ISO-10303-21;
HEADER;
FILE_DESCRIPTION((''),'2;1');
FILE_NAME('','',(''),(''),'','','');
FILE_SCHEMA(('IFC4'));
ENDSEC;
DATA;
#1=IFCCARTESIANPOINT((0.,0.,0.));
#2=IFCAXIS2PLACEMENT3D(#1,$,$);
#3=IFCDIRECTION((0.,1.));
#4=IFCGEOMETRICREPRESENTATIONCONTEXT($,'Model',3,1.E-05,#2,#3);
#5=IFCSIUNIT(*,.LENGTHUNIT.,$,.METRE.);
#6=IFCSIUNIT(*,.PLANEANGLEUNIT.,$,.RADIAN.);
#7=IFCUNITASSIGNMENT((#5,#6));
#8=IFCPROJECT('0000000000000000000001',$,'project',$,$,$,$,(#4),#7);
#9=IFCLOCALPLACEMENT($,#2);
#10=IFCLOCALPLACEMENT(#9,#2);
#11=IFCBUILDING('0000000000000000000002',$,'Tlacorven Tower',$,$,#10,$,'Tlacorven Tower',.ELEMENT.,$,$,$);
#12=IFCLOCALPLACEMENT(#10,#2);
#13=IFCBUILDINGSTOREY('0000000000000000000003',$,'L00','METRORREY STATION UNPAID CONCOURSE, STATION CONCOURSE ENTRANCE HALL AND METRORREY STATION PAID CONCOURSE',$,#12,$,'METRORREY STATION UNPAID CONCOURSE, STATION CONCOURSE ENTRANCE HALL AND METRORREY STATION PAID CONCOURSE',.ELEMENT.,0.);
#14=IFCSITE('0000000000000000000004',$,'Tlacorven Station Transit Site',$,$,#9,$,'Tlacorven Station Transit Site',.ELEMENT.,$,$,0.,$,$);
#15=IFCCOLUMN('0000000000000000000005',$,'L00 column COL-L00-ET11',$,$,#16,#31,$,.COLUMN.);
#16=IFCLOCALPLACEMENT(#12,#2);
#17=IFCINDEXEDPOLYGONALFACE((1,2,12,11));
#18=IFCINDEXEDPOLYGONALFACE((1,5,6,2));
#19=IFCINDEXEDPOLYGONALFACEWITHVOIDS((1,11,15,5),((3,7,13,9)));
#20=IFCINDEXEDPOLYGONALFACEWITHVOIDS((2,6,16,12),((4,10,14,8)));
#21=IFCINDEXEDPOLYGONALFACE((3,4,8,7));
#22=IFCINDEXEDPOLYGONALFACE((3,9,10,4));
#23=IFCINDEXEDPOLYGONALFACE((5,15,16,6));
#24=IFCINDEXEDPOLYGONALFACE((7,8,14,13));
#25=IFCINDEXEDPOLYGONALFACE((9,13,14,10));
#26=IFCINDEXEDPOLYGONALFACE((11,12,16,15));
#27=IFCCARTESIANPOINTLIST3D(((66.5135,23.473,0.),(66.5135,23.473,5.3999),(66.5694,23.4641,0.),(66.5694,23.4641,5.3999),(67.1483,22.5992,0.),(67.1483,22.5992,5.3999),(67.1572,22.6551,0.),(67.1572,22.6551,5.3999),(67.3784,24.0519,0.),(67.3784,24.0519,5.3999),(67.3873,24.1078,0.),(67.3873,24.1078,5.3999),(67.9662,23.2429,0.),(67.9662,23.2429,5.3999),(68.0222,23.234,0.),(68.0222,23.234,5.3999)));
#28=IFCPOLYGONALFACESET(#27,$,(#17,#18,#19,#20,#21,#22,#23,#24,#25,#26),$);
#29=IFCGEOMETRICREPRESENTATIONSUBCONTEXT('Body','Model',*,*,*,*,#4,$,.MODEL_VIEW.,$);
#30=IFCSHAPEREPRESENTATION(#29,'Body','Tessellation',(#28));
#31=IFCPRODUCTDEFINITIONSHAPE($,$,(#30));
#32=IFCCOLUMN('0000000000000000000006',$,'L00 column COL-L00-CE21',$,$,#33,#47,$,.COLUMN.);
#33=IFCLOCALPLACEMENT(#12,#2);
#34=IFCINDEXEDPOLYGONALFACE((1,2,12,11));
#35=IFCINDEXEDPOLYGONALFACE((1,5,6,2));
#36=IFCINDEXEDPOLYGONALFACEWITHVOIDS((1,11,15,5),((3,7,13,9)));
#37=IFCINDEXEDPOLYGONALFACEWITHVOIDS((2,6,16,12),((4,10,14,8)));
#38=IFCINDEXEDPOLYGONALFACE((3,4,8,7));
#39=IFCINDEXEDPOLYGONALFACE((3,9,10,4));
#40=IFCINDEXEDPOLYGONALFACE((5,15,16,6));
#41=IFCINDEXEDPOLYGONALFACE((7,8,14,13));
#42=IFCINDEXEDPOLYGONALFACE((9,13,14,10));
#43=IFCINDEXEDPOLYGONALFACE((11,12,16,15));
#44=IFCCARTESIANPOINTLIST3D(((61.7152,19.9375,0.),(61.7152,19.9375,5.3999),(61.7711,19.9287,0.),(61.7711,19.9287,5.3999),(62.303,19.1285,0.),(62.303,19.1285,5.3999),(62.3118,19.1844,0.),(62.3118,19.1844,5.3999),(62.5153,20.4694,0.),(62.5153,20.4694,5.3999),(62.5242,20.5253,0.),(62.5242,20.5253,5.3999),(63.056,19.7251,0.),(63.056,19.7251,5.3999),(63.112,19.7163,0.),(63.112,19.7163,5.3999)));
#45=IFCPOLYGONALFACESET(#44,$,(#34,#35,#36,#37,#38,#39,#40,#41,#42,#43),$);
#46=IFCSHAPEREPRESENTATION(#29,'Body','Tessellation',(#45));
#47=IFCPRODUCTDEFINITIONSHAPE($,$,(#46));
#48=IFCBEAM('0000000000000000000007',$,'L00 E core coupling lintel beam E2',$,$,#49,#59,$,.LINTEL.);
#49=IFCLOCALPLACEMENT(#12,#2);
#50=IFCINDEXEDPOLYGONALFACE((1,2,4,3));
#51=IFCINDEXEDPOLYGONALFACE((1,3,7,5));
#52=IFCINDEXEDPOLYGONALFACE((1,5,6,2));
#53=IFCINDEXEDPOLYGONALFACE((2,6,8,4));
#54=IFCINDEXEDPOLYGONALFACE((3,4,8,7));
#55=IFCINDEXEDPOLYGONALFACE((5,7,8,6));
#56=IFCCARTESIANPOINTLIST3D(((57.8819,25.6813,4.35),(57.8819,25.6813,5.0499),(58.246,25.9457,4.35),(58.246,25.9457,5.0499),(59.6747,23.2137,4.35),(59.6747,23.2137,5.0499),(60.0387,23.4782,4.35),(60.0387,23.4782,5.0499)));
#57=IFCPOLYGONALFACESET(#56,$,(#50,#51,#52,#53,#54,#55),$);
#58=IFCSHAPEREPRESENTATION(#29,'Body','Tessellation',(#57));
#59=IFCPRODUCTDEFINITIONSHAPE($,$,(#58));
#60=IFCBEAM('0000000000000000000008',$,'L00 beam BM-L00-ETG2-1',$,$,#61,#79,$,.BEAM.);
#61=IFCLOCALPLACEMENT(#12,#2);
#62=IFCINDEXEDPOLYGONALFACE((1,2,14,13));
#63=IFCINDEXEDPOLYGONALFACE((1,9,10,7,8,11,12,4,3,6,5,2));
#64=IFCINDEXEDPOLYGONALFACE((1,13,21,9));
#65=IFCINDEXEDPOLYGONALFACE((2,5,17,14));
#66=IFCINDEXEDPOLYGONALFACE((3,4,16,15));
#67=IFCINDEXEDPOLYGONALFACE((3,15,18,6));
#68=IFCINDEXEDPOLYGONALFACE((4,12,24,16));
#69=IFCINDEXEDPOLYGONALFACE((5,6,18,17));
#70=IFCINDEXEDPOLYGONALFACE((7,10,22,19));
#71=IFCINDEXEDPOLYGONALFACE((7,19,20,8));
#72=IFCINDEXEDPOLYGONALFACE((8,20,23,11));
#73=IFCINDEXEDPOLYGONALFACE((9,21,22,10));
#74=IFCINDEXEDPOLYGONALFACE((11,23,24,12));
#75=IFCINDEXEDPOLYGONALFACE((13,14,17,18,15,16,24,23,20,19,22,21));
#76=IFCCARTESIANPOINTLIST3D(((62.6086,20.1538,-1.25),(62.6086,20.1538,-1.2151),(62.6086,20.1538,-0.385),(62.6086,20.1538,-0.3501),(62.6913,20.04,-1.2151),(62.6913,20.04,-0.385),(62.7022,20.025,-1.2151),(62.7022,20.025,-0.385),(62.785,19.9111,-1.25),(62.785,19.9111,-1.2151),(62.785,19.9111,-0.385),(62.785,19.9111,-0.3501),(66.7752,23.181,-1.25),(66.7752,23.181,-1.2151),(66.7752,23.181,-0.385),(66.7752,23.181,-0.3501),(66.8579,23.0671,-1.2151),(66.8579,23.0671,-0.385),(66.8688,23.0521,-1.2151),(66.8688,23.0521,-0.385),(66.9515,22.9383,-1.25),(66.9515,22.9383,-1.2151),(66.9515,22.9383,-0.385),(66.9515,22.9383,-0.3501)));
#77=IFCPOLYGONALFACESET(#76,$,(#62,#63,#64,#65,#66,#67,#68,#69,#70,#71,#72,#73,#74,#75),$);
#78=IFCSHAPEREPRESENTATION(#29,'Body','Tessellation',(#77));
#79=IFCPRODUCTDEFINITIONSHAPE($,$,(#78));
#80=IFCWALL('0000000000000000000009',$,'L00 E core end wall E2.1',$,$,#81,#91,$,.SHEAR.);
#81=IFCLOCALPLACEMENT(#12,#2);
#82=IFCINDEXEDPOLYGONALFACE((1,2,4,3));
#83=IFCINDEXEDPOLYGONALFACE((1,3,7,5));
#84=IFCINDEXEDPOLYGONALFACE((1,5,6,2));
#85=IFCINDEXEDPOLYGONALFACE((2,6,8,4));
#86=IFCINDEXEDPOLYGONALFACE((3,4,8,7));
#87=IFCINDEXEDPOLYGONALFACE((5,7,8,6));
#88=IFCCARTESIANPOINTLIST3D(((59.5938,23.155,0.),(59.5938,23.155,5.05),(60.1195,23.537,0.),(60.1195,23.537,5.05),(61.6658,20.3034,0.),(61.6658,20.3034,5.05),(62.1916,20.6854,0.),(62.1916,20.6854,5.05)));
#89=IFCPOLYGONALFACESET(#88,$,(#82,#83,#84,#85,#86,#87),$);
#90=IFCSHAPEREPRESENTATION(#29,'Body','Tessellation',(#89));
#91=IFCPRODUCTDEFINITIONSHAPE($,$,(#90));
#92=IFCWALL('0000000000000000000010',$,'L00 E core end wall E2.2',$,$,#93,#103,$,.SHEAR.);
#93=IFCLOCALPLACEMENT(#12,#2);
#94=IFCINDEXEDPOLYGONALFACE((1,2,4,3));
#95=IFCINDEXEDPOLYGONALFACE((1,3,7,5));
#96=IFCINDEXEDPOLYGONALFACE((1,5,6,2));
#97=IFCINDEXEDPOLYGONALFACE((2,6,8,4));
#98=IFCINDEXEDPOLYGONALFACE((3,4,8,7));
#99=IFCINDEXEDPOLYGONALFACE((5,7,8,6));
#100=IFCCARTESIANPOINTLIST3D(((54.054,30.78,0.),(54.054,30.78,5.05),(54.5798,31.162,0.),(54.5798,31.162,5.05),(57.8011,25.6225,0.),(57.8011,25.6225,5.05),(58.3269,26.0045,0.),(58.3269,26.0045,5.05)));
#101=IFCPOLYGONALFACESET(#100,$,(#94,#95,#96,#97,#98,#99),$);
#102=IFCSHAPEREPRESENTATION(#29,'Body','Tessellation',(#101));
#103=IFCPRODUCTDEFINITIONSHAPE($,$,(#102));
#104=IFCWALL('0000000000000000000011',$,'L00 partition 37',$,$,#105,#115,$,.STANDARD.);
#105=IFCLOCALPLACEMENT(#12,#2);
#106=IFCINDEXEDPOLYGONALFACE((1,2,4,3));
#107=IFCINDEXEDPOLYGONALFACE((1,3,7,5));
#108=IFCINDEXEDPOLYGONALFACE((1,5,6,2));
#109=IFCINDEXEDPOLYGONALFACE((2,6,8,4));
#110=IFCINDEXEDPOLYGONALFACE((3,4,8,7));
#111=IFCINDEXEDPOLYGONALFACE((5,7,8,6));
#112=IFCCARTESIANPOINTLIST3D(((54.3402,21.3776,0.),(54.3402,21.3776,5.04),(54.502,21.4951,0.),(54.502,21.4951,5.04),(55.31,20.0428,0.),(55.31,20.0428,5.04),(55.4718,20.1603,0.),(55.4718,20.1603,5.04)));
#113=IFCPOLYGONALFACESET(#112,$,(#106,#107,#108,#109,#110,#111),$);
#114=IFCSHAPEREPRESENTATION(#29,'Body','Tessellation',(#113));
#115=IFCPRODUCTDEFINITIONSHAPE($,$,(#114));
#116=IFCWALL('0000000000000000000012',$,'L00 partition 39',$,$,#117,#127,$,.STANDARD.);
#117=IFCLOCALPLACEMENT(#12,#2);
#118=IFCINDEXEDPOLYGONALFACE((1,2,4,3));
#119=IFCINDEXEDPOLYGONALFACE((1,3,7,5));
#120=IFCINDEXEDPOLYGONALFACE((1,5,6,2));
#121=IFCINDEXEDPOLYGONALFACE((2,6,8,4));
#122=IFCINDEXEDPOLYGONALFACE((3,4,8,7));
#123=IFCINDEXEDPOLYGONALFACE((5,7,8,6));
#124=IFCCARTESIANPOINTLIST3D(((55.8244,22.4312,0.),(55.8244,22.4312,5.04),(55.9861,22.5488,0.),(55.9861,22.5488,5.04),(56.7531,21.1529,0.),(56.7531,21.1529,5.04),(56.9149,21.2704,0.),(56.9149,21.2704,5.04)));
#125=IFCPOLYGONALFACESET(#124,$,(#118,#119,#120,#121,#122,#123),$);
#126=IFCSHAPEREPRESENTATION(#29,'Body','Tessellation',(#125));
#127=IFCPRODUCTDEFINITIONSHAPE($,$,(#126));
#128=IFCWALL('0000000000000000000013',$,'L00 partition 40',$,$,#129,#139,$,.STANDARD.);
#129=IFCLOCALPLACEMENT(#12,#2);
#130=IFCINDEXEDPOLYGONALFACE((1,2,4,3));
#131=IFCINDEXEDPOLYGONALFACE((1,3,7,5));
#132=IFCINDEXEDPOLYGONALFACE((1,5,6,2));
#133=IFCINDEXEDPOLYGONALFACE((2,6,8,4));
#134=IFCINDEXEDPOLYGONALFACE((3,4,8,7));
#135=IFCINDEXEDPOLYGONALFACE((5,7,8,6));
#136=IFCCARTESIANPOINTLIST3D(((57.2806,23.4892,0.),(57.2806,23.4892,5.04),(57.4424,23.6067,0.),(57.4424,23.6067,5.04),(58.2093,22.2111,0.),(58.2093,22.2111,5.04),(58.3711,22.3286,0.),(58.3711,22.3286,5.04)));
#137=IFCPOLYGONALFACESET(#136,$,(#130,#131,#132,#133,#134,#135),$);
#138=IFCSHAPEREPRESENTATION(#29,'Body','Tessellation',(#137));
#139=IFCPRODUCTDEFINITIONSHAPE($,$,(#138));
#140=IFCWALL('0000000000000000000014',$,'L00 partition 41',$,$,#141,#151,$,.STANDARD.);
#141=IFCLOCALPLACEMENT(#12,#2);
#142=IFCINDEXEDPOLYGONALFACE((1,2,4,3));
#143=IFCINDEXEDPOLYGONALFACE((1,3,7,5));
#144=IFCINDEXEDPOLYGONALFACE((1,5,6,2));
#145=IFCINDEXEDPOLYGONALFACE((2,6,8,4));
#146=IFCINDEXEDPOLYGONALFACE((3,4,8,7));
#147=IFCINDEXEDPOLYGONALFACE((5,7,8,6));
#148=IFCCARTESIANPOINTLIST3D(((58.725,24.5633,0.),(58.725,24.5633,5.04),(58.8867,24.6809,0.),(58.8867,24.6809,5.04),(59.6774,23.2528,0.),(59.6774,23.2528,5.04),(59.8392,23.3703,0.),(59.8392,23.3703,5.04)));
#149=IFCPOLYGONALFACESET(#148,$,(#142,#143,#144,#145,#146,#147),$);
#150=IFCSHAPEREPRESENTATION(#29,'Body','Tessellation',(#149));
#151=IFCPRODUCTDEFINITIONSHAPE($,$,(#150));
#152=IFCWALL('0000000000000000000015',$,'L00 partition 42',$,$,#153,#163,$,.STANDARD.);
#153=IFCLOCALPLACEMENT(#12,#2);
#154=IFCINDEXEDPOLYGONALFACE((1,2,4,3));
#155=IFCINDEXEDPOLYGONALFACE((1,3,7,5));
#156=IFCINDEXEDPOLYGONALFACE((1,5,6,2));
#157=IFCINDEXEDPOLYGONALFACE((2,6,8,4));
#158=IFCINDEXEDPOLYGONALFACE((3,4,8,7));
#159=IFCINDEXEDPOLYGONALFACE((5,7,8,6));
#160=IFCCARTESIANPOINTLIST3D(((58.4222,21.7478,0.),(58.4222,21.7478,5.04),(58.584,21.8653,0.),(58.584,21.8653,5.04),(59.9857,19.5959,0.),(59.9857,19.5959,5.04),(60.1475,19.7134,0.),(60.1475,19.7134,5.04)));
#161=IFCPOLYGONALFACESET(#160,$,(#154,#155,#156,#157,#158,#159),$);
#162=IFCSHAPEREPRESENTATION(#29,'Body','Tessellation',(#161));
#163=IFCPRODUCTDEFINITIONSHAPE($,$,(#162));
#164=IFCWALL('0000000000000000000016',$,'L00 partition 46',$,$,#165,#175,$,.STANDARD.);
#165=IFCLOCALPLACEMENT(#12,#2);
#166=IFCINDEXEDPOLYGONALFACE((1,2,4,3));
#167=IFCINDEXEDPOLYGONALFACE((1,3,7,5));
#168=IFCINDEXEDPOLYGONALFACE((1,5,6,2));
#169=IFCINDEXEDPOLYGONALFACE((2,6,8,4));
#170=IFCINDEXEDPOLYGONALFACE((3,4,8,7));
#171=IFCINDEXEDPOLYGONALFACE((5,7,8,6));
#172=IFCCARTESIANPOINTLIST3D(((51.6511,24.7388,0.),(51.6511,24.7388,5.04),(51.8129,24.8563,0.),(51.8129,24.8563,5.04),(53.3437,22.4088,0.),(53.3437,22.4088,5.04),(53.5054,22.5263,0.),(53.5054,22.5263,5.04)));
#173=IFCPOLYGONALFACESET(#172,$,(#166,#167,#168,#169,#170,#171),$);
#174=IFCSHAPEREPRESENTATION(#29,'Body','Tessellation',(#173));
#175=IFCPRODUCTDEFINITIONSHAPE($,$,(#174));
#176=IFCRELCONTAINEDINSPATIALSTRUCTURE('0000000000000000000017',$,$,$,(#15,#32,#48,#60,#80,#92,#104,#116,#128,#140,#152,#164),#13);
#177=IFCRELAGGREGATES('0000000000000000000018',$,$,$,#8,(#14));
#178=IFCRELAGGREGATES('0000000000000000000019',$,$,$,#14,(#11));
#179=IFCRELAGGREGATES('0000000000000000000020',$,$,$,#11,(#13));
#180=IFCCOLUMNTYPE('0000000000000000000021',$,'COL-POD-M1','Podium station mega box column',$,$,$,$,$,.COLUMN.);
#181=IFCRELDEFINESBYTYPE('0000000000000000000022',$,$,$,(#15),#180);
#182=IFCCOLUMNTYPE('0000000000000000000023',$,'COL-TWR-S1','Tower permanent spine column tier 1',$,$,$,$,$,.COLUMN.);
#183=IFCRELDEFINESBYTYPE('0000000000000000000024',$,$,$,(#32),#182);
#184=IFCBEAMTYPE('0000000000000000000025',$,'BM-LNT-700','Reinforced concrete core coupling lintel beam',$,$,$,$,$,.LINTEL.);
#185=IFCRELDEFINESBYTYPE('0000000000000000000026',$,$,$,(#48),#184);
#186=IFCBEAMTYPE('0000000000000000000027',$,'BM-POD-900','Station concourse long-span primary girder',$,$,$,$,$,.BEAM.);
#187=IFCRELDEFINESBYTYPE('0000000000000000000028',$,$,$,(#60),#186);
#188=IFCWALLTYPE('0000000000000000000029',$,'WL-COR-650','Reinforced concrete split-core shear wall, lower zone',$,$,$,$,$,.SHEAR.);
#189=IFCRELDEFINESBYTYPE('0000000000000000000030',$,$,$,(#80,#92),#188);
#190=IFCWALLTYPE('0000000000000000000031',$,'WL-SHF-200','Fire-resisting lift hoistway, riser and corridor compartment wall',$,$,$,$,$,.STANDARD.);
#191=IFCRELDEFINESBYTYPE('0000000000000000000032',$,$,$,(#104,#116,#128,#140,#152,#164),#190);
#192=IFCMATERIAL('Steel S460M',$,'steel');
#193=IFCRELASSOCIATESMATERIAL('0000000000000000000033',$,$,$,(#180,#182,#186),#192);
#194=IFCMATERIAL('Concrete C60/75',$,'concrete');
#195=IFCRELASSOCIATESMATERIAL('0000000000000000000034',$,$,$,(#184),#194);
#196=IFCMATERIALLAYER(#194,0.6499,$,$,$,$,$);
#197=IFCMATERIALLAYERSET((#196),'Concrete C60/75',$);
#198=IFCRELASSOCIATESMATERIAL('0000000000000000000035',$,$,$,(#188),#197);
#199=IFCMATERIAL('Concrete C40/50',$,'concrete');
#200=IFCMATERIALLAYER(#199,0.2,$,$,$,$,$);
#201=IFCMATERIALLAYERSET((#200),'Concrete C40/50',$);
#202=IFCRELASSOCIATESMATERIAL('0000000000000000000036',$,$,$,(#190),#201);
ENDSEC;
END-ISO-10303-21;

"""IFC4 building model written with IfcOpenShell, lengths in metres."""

from ifc_helpers import new_model, si_unit, direction, frame, frame_2d, origin, origin_2d, place, context, subcontext, project, spatial, rectangle, hollow_rectangle, i_section, extrude, source, transform, mapped, material, layer, layer_set, material_profile, profile_set, type_object, element, save


model = new_model("IFC4")

# Units and contexts
model_context = context("Model", 3, precision=1e-05, world=origin(), true_north=direction((0.0, 1.0)))
body_context = subcontext(model_context, "Body", "Model", "MODEL_VIEW")
ifc_project = project(units=[si_unit("LENGTHUNIT", "METRE"), si_unit("PLANEANGLEUNIT", "RADIAN")], contexts=[model_context])

# Site, building, storey
site_placement = place(None, origin())
site = spatial("IfcSite", under=ifc_project, at=site_placement, Name="Tlacorven Station Transit Site", LongName="Tlacorven Station Transit Site", CompositionType="ELEMENT", RefElevation=0.0)
building_placement = place(site_placement, origin())
building = spatial("IfcBuilding", under=site, at=building_placement, Name="Tlacorven Tower", LongName="Tlacorven Tower", CompositionType="ELEMENT")
storey_placement = place(building_placement, origin())
storey = spatial("IfcBuildingStorey", under=building, at=storey_placement, Name="L00", Description="METRORREY STATION UNPAID CONCOURSE, STATION CONCOURSE ENTRANCE HALL AND METRORREY STATION PAID CONCOURSE", LongName="METRORREY STATION UNPAID CONCOURSE, STATION CONCOURSE ENTRANCE HALL AND METRORREY STATION PAID CONCOURSE", CompositionType="ELEMENT", Elevation=0.0)

# Columns
ifc_material_1 = material(Name="Steel S460M", Category="steel")
ifc_material_profile_1 = material_profile(ifc_material_1, hollow_rectangle(XDim=1.0801, YDim=1.0801, WallThickness=0.04, at=origin_2d()), Name="BOX 1080X1080X40")
ifc_profile_set_1 = profile_set([ifc_material_profile_1], Name="Steel S460M")
column_type_1 = type_object("IfcColumnType", Name="COL-POD-M1", Description="Podium station mega box column", PredefinedType="COLUMN", material=ifc_profile_set_1)
shared_shape_1 = source(origin(), body_context, "Body", "SweptSolid", [
    extrude(hollow_rectangle(XDim=1.0801, YDim=1.0801, WallThickness=0.04, at=origin_2d()), origin(), (0.0, 0.0, 1.0), 5.3999),
])
column_1_placement = place(storey_placement, frame((67.2678, 23.3535, 0.0), z_axis=(0.0, 0.0, 1.0), x_axis=(0.809017, 0.587785, 0.0)))
element("IfcColumn", 1, at=column_1_placement, inside=storey, type_object=column_type_1, Name="L00 column COL-L00-ET11", PredefinedType="COLUMN", context=body_context, shape_type="MappedRepresentation", body=[
    mapped(shared_shape_1, transform((0.0, 0.0, 0.0), scale=1.0)),
])
ifc_material_profile_2 = material_profile(ifc_material_1, hollow_rectangle(XDim=1.0, YDim=1.0, WallThickness=0.04, at=origin_2d()), Name="BOX 1000X1000X40")
ifc_profile_set_2 = profile_set([ifc_material_profile_2], Name="Steel S460M")
column_type_2 = type_object("IfcColumnType", Name="COL-TWR-S1", Description="Tower permanent spine column tier 1", PredefinedType="COLUMN", material=ifc_profile_set_2)
shared_shape_2 = source(origin(), body_context, "Body", "SweptSolid", [
    extrude(hollow_rectangle(XDim=1.0, YDim=1.0, WallThickness=0.04, at=origin_2d()), origin(), (0.0, 0.0, 1.0), 5.3999),
])
column_2_placement = place(storey_placement, frame((62.4136, 19.8269, 0.0), z_axis=(0.0, 0.0, 1.0), x_axis=(0.809017, 0.587785, 0.0)))
element("IfcColumn", 2, at=column_2_placement, inside=storey, type_object=column_type_2, Name="L00 column COL-L00-CE21", PredefinedType="COLUMN", context=body_context, shape_type="MappedRepresentation", body=[
    mapped(shared_shape_2, transform((0.0, 0.0, 0.0), scale=1.0)),
])

# Beams
ifc_material_2 = material(Name="Concrete C60/75", Category="concrete")
ifc_material_profile_3 = material_profile(ifc_material_2, rectangle(XDim=0.45, YDim=0.7, at=origin_2d()), Name="RC 450X700")
ifc_profile_set_3 = profile_set([ifc_material_profile_3], Name="Concrete C60/75")
beam_type_1 = type_object("IfcBeamType", Name="BM-LNT-700", Description="Reinforced concrete core coupling lintel beam", PredefinedType="LINTEL", material=ifc_profile_set_3)
shared_shape_3 = source(origin(), body_context, "Body", "SweptSolid", [
    extrude(rectangle(XDim=0.45, YDim=0.7, at=origin_2d()), origin(), (0.0, 0.0, 1.0), 3.05),
])
beam_1_placement = place(storey_placement, frame((59.8567, 23.3459, 4.7), z_axis=(-0.587777, 0.809023, 0.0), x_axis=(-0.809023, -0.587777, 0.0)))
element("IfcBeam", 3, at=beam_1_placement, inside=storey, type_object=beam_type_1, Name="L00 E core coupling lintel beam E2", PredefinedType="LINTEL", context=body_context, shape_type="MappedRepresentation", body=[
    mapped(shared_shape_3, transform((0.0, 0.0, 0.0), scale=1.0)),
])
ifc_material_profile_4 = material_profile(ifc_material_1, i_section(OverallWidth=0.3, OverallDepth=0.8999, WebThickness=0.0186, FlangeThickness=0.0349, at=origin_2d()), Name="HEB 900")
ifc_profile_set_4 = profile_set([ifc_material_profile_4], Name="Steel S460M")
beam_type_2 = type_object("IfcBeamType", Name="BM-POD-900", Description="Station concourse long-span primary girder", PredefinedType="BEAM", material=ifc_profile_set_4)
shared_shape_4 = source(origin(), body_context, "Body", "SweptSolid", [
    extrude(i_section(OverallWidth=0.3, OverallDepth=0.8999, WebThickness=0.0186, FlangeThickness=0.0349, at=origin_2d()), origin(), (0.0, 0.0, 1.0), 5.1501),
])
beam_2_placement = place(storey_placement, frame((62.6968, 20.0325, -0.8), z_axis=(0.809021, 0.58778, 0.0), x_axis=(-0.58778, 0.809021, 0.0)))
element("IfcBeam", 4, at=beam_2_placement, inside=storey, type_object=beam_type_2, Name="L00 beam BM-L00-ETG2-1", PredefinedType="BEAM", context=body_context, shape_type="MappedRepresentation", body=[
    mapped(shared_shape_4, transform((0.0, 0.0, 0.0), scale=1.0)),
])

# Walls
ifc_layer_1 = layer(ifc_material_2, 0.6499)
ifc_layer_set_1 = layer_set([ifc_layer_1], Name="Concrete C60/75")
wall_type_1 = type_object("IfcWallType", Name="WL-COR-650", Description="Reinforced concrete split-core shear wall, lower zone", PredefinedType="SHEAR", material=ifc_layer_set_1)
wall_1_placement = place(storey_placement, frame((61.9287, 20.4944, 0.0), z_axis=(0.0, 0.0, 1.0), x_axis=(-0.58783, 0.808985, 0.0)))
element("IfcWall", 5, at=wall_1_placement, inside=storey, type_object=wall_type_1, Name="L00 E core end wall E2.1", PredefinedType="SHEAR", context=body_context, shape_type="SweptSolid", body=[
    extrude(rectangle(XDim=3.5249, YDim=0.6499, at=frame_2d((1.7625, 0.0))), origin(), (0.0, 0.0, 1.0), 5.05),
])
wall_2_placement = place(storey_placement, frame((58.064, 25.8135, 0.0), z_axis=(0.0, 0.0, 1.0), x_axis=(-0.58778, 0.809021, 0.0)))
element("IfcWall", 6, at=wall_2_placement, inside=storey, type_object=wall_type_1, Name="L00 E core end wall E2.2", PredefinedType="SHEAR", context=body_context, shape_type="SweptSolid", body=[
    extrude(rectangle(XDim=6.375, YDim=0.6499, at=frame_2d((3.1875, 0.0))), origin(), (0.0, 0.0, 1.0), 5.05),
])

# Shared definitions
ifc_material_3 = material(Name="Concrete C40/50", Category="concrete")
ifc_layer_2 = layer(ifc_material_3, 0.2)
ifc_layer_set_2 = layer_set([ifc_layer_2], Name="Concrete C40/50")
wall_type_2 = type_object("IfcWallType", Name="WL-SHF-200", Description="Fire-resisting lift hoistway, riser and corridor compartment wall", PredefinedType="STANDARD", material=ifc_layer_set_2)

# Walls
wall_3_placement = place(storey_placement, frame((55.3909, 20.1016, 0.0), z_axis=(0.0, 0.0, 1.0), x_axis=(-0.587784, 0.809018, 0.0)))
element("IfcWall", 7, at=wall_3_placement, inside=storey, type_object=wall_type_2, Name="L00 partition 37", PredefinedType="STANDARD", context=body_context, shape_type="SweptSolid", body=[
    extrude(rectangle(XDim=1.6499, YDim=0.2, at=frame_2d((0.825, 0.0))), origin(), (0.0, 0.0, 1.0), 5.04),
])
wall_4_placement = place(storey_placement, frame((56.834, 21.2117, 0.0), z_axis=(0.0, 0.0, 1.0), x_axis=(-0.587767, 0.80903, 0.0)))
element("IfcWall", 8, at=wall_4_placement, inside=storey, type_object=wall_type_2, Name="L00 partition 39", PredefinedType="STANDARD", context=body_context, shape_type="SweptSolid", body=[
    extrude(rectangle(XDim=1.5801, YDim=0.2, at=frame_2d((0.79, 0.0))), origin(), (0.0, 0.0, 1.0), 5.04),
])
wall_5_placement = place(storey_placement, frame((58.2903, 22.2698, 0.0), z_axis=(0.0, 0.0, 1.0), x_axis=(-0.587841, 0.808977, 0.0)))
element("IfcWall", 9, at=wall_5_placement, inside=storey, type_object=wall_type_2, Name="L00 partition 40", PredefinedType="STANDARD", context=body_context, shape_type="SweptSolid", body=[
    extrude(rectangle(XDim=1.5798, YDim=0.2, at=frame_2d((0.79, 0.0))), origin(), (0.0, 0.0, 1.0), 5.04),
])
wall_6_placement = place(storey_placement, frame((59.7583, 23.3115, 0.0), z_axis=(0.0, 0.0, 1.0), x_axis=(-0.587876, 0.808951, 0.0)))
element("IfcWall", 10, at=wall_6_placement, inside=storey, type_object=wall_type_2, Name="L00 partition 41", PredefinedType="STANDARD", context=body_context, shape_type="SweptSolid", body=[
    extrude(rectangle(XDim=1.6201, YDim=0.2, at=frame_2d((0.8101, 0.0))), origin(), (0.0, 0.0, 1.0), 5.04),
])
wall_7_placement = place(storey_placement, frame((60.0667, 19.6545, 0.0), z_axis=(0.0, 0.0, 1.0), x_axis=(-0.587801, 0.809006, 0.0)))
element("IfcWall", 11, at=wall_7_placement, inside=storey, type_object=wall_type_2, Name="L00 partition 42", PredefinedType="STANDARD", context=body_context, shape_type="SweptSolid", body=[
    extrude(rectangle(XDim=2.6599, YDim=0.2, at=frame_2d((1.3301, 0.0))), origin(), (0.0, 0.0, 1.0), 5.04),
])
wall_8_placement = place(storey_placement, frame((53.4246, 22.4675, 0.0), z_axis=(0.0, 0.0, 1.0), x_axis=(-0.587723, 0.809062, 0.0)))
element("IfcWall", 12, at=wall_8_placement, inside=storey, type_object=wall_type_2, Name="L00 partition 46", PredefinedType="STANDARD", context=body_context, shape_type="SweptSolid", body=[
    extrude(rectangle(XDim=2.8799, YDim=0.2, at=frame_2d((1.4399, 0.0))), origin(), (0.0, 0.0, 1.0), 5.04),
])

save(model, "model.ifc")
